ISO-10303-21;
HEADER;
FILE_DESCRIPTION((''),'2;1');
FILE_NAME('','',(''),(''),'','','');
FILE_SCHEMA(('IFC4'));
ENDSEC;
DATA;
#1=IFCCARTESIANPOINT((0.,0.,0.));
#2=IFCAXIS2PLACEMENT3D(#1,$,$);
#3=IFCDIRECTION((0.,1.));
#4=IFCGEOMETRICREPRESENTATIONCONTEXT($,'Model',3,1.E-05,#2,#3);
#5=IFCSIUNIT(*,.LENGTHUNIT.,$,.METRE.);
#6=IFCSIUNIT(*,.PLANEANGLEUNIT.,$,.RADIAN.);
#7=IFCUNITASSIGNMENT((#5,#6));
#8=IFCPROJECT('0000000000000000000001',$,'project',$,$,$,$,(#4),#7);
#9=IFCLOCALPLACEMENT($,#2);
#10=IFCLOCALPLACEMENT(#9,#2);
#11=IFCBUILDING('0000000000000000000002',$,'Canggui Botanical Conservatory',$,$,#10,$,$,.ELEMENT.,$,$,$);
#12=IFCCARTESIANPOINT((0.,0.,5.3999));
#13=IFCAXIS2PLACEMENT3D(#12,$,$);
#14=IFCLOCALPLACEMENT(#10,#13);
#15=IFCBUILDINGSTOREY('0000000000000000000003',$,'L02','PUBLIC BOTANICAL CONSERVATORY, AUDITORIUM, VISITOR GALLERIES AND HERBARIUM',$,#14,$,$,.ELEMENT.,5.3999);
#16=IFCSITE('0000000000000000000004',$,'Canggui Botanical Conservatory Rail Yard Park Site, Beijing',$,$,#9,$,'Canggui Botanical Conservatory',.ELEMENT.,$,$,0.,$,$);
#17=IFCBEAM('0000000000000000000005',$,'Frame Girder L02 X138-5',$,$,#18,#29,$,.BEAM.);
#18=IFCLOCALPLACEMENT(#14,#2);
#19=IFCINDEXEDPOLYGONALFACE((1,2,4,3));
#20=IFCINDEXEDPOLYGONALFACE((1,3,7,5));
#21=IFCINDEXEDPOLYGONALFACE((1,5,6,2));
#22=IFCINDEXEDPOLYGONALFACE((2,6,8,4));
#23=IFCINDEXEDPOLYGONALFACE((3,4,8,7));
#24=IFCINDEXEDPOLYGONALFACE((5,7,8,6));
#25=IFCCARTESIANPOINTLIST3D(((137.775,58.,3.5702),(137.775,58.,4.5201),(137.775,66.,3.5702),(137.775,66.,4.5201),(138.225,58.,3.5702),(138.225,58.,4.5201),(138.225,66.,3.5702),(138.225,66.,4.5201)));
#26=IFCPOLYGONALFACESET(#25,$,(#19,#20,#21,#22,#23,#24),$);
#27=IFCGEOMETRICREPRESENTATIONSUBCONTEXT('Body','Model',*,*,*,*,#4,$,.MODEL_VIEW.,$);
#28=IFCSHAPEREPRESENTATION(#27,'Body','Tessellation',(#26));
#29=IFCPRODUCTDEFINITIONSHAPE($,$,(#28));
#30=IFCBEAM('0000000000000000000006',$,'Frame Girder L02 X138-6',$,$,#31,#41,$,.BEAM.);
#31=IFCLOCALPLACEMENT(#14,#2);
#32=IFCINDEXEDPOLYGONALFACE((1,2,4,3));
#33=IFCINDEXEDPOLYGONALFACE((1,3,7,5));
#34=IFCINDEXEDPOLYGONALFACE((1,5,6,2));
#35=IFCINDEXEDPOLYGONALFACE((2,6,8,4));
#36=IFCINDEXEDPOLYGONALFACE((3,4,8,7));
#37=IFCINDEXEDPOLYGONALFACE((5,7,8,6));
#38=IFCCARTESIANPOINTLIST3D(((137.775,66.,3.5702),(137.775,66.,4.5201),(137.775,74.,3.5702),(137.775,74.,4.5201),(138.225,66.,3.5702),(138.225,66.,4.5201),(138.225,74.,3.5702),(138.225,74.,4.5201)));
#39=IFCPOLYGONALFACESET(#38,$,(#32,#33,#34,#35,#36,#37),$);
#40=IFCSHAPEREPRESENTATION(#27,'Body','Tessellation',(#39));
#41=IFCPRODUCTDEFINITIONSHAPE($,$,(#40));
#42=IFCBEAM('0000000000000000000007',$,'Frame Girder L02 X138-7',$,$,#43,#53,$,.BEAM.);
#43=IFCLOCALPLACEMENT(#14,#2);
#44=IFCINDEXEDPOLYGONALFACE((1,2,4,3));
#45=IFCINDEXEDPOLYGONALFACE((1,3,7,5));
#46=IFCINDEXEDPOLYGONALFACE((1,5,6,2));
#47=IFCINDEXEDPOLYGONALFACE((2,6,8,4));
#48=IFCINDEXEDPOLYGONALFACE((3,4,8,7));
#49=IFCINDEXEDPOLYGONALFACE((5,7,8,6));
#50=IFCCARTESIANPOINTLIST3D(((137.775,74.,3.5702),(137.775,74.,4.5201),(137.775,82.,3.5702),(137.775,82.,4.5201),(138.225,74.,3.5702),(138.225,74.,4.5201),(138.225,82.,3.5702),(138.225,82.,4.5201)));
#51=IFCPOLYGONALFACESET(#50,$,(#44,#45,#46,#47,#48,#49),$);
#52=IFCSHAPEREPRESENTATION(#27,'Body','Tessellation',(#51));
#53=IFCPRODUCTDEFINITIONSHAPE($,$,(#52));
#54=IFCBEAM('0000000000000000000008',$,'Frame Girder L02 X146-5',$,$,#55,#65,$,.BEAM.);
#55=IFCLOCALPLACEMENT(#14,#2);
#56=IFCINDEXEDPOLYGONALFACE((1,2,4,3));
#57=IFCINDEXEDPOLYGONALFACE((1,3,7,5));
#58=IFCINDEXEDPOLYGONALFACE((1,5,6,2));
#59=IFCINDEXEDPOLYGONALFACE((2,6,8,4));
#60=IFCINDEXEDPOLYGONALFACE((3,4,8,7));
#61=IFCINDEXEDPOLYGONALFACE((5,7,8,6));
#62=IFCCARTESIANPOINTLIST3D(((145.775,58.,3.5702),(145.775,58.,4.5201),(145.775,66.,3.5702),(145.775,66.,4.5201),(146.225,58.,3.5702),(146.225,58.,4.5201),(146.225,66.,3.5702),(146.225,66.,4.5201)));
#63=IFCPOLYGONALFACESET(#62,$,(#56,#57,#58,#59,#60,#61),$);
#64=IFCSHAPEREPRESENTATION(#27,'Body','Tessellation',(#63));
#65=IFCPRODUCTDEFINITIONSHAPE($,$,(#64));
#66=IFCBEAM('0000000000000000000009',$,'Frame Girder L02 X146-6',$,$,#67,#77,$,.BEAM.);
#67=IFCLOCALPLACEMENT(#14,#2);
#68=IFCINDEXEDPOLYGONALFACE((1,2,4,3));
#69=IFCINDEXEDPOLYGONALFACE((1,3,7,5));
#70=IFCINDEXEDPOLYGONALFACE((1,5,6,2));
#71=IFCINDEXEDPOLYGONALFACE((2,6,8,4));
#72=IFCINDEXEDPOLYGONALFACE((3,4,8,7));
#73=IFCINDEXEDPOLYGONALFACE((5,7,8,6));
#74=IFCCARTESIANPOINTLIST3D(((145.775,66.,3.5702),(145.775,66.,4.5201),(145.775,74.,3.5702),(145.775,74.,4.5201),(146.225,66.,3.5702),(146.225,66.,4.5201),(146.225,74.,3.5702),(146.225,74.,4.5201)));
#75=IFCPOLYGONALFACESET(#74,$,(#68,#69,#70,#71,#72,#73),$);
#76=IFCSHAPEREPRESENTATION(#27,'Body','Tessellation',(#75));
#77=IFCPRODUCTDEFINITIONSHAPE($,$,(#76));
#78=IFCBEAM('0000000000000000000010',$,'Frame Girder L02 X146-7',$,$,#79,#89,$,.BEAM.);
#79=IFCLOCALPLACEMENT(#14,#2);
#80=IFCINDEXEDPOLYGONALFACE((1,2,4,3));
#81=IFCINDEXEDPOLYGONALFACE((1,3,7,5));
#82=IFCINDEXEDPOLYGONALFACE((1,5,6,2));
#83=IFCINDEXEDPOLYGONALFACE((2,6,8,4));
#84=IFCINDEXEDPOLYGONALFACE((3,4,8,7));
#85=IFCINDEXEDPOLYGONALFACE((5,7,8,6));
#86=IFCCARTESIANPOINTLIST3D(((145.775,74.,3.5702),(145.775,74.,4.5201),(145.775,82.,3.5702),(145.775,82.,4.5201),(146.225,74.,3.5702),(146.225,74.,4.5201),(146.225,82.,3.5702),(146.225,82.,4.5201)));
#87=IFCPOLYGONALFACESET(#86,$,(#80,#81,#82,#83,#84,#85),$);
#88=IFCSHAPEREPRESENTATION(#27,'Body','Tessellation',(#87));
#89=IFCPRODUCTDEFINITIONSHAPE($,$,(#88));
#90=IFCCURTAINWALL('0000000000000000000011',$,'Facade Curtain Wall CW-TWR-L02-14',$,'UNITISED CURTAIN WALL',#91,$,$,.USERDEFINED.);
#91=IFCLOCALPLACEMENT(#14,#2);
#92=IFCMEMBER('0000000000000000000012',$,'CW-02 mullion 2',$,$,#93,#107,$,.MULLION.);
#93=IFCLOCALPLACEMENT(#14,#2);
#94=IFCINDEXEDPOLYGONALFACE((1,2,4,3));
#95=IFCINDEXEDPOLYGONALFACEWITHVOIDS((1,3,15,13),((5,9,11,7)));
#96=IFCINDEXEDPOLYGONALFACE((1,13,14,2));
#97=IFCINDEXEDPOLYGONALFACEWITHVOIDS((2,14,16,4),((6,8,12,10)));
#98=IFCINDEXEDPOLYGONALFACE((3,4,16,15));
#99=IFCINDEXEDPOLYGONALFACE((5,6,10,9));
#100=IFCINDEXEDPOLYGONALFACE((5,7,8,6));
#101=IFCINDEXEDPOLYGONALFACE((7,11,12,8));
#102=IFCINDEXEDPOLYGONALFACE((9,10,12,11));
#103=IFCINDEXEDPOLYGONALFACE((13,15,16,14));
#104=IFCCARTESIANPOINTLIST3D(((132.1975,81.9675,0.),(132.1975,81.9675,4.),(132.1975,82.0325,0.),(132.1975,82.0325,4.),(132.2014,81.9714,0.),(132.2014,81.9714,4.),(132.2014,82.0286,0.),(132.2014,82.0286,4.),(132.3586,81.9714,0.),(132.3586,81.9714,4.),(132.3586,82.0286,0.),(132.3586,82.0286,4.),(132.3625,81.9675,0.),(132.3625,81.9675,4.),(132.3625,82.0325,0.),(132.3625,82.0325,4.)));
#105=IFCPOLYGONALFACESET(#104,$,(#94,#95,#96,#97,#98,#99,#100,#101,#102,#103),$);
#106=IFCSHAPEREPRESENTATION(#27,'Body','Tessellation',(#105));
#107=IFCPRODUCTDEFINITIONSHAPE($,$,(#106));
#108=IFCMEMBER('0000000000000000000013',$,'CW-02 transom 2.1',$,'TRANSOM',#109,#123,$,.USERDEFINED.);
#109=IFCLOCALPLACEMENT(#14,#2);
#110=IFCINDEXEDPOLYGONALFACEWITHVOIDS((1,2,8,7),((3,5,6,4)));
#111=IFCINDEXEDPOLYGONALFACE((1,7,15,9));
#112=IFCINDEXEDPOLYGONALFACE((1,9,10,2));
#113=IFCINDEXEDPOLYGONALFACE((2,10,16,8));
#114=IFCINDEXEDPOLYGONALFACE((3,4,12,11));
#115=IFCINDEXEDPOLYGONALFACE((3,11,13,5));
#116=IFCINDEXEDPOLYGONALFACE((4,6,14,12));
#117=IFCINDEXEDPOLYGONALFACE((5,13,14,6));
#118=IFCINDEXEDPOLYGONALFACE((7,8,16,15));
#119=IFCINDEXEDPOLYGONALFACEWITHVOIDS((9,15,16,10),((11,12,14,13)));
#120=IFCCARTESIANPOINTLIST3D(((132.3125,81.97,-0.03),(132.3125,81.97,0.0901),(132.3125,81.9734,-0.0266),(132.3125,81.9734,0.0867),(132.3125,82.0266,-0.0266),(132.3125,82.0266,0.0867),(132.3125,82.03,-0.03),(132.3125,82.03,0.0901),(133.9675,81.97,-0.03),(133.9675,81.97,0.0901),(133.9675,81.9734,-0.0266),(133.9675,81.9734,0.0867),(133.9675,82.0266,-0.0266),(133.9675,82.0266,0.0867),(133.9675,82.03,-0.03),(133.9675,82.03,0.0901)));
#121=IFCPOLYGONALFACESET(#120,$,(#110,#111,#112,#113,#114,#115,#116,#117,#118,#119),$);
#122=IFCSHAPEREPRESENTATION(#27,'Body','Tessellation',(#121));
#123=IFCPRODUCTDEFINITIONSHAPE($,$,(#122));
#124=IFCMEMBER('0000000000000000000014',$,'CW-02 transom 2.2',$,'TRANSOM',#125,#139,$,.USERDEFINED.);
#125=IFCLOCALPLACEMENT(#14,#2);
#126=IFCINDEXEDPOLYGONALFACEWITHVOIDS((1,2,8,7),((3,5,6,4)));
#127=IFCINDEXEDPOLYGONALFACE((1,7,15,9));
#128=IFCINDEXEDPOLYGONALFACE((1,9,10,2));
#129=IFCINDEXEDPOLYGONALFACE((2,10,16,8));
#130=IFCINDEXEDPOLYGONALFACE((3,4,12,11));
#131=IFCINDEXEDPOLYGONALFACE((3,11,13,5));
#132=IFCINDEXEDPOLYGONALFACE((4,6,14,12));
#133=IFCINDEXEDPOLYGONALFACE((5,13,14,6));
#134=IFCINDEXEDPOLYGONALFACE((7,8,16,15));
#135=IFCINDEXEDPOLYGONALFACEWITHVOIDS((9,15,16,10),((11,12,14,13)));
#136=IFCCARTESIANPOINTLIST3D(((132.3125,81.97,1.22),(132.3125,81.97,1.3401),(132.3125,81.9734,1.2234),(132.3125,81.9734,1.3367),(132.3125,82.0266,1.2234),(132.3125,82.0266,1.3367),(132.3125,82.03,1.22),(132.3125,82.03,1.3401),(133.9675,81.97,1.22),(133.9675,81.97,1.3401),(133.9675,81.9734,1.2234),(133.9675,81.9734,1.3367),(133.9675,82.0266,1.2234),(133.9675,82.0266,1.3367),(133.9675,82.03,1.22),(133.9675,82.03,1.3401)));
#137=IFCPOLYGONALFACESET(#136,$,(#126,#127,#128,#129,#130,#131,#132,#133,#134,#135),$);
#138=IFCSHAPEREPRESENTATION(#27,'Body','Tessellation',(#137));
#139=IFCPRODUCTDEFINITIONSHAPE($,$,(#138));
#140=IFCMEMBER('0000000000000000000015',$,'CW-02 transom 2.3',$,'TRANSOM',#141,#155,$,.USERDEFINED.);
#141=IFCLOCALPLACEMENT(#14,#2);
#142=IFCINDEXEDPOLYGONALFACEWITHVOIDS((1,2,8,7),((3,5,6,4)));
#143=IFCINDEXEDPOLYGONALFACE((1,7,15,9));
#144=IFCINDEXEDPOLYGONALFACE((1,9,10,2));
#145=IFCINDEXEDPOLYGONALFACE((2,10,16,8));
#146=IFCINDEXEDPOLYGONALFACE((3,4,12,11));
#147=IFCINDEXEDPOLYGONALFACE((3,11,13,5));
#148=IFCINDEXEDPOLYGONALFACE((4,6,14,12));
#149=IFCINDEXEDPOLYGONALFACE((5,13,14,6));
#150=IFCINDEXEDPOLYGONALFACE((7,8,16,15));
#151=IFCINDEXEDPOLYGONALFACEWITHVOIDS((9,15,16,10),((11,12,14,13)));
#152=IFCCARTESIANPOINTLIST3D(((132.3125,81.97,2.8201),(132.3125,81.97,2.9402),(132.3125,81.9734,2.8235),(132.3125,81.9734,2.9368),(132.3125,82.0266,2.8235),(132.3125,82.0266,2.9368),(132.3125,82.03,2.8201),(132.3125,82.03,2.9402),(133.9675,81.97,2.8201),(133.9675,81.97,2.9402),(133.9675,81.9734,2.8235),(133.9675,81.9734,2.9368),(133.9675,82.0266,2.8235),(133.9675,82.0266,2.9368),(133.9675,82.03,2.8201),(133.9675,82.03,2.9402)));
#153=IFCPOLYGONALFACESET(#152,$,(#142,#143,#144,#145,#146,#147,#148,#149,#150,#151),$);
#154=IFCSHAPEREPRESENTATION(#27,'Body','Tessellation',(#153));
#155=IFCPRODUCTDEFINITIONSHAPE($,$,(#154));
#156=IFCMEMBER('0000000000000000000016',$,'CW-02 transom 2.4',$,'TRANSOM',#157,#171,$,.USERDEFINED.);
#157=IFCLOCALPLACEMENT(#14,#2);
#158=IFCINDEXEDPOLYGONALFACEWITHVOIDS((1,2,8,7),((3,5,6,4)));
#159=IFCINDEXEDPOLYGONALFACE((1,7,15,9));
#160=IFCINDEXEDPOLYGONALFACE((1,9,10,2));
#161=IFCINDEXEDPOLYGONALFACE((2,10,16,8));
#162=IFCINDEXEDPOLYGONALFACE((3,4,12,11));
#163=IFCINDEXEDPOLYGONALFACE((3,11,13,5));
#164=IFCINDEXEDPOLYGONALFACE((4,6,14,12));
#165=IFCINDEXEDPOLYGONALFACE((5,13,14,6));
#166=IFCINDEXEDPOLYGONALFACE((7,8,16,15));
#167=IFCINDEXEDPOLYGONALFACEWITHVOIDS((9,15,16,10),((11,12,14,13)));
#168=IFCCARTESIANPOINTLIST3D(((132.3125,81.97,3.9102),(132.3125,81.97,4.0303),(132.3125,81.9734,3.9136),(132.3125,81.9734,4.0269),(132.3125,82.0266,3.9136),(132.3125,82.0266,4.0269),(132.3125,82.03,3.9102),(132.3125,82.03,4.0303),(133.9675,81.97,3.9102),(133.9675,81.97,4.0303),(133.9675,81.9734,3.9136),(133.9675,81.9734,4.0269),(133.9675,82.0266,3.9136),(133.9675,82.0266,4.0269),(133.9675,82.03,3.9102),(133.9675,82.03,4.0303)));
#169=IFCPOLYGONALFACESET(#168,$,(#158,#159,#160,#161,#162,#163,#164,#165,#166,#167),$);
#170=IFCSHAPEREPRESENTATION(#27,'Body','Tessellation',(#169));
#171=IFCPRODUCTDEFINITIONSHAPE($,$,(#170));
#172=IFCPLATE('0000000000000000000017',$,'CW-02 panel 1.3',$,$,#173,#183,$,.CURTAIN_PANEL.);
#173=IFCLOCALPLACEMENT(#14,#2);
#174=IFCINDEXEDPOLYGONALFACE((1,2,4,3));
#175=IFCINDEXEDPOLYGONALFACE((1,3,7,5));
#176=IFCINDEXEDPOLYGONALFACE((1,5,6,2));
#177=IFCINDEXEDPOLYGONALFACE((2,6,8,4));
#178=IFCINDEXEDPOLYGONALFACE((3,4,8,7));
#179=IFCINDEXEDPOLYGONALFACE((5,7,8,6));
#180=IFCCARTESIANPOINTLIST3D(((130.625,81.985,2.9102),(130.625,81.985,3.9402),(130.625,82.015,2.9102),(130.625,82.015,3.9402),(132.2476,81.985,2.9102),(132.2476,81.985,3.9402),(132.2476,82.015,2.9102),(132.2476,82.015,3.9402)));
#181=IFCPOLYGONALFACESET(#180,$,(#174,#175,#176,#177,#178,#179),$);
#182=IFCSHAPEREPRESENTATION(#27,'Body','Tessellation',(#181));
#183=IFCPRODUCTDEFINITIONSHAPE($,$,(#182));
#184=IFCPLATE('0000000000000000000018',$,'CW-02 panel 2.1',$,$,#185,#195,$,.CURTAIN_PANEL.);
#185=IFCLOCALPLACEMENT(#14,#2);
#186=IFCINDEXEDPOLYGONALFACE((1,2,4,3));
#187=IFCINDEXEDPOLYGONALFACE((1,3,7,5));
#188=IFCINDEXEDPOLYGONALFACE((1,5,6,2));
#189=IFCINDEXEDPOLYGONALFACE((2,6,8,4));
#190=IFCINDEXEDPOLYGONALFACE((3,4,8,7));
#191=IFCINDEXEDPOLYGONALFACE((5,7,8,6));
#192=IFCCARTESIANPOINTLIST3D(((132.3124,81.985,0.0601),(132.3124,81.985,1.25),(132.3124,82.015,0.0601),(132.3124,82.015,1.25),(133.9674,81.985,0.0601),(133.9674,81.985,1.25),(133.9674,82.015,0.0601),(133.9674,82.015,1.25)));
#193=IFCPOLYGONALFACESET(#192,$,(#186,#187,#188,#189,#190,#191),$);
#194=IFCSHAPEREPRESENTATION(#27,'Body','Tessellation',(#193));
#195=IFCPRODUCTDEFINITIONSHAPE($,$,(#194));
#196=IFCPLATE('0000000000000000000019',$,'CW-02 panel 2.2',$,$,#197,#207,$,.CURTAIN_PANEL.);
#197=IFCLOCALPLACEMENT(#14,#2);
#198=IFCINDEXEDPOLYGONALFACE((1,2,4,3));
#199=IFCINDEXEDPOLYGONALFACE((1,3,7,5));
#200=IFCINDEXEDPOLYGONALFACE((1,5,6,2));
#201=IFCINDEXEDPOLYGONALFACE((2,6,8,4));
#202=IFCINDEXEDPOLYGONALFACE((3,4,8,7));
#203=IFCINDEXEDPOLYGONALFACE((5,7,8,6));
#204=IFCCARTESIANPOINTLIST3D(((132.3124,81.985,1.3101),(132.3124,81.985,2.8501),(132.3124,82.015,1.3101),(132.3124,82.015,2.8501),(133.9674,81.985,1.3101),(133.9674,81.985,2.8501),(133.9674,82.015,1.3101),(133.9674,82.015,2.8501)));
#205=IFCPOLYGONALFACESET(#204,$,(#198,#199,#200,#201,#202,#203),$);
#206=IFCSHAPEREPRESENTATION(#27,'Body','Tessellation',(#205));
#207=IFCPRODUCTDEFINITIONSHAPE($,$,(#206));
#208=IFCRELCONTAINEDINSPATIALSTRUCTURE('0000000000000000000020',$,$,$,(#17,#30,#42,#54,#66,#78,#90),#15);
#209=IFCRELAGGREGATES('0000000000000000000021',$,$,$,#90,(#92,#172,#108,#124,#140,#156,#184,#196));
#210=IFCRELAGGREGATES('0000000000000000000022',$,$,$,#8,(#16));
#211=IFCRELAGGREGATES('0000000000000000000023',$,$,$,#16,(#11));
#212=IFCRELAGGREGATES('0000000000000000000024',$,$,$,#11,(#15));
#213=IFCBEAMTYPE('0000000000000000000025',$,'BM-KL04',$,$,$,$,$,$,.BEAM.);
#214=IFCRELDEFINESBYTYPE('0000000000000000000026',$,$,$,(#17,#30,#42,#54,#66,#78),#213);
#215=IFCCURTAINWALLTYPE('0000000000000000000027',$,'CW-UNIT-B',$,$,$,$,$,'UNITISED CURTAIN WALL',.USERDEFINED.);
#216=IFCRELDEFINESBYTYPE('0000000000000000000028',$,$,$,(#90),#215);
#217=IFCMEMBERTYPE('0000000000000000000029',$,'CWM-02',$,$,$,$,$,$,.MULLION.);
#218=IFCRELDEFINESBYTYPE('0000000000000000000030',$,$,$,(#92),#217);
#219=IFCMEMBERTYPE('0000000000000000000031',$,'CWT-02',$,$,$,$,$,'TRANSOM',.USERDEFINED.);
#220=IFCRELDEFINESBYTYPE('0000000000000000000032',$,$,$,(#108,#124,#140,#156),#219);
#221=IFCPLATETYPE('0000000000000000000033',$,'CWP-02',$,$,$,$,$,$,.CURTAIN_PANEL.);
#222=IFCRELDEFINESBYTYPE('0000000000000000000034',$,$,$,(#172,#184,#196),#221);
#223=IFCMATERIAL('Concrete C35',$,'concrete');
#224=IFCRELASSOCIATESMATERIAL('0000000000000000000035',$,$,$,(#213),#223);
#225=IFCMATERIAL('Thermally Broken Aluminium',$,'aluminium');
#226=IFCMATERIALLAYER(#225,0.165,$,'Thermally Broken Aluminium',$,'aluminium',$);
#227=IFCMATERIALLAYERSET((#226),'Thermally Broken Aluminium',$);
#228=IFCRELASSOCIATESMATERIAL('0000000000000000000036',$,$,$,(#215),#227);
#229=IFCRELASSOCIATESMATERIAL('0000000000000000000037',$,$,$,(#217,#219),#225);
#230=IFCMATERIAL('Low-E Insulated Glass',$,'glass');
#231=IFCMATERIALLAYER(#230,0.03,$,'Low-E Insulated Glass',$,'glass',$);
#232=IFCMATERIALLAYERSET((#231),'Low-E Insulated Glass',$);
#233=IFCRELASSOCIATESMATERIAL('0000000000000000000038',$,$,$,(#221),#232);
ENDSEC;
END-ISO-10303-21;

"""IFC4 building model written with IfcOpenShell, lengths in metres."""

from ifc_helpers import new_model, si_unit, direction, frame, origin, origin_2d, place, context, subcontext, project, spatial, rectangle, hollow_rectangle, extrude, material, layer, layer_set, material_profile, profile_set, type_object, element, aggregate, save


model = new_model("IFC4")

# Units and contexts
model_context = context("Model", 3, precision=1e-05, world=origin(), true_north=direction((0.0, 1.0)))
body_context = subcontext(model_context, "Body", "Model", "MODEL_VIEW")
ifc_project = project(units=[si_unit("LENGTHUNIT", "METRE"), si_unit("PLANEANGLEUNIT", "RADIAN")], contexts=[model_context])

# Site, building, storey
site_placement = place(None, origin())
site = spatial("IfcSite", under=ifc_project, at=site_placement, Name="Canggui Botanical Conservatory Rail Yard Park Site, Beijing", LongName="Canggui Botanical Conservatory", CompositionType="ELEMENT", RefElevation=0.0)
building_placement = place(site_placement, origin())
building = spatial("IfcBuilding", under=site, at=building_placement, Name="Canggui Botanical Conservatory", CompositionType="ELEMENT")
storey_placement = place(building_placement, frame((0.0, 0.0, 5.3999)))
storey = spatial("IfcBuildingStorey", under=building, at=storey_placement, Name="L02", Description="PUBLIC BOTANICAL CONSERVATORY, AUDITORIUM, VISITOR GALLERIES AND HERBARIUM", CompositionType="ELEMENT", Elevation=5.3999)

# Beams
ifc_material_1 = material(Name="Concrete C35", Category="concrete")
ifc_material_profile_1 = material_profile(ifc_material_1, rectangle(XDim=0.45, YDim=0.95, at=origin_2d()), Name="RB 450x950")
ifc_profile_set_1 = profile_set([ifc_material_profile_1], Name="Concrete C35")
beam_type_1 = type_object("IfcBeamType", Name="BM-KL04", PredefinedType="BEAM", material=ifc_profile_set_1)
for number, where, z_axis, x_axis, name in (
    (1, (138.0, 58.0, 4.0452), (0.0, 1.0, 0.0), (-1.0, 0.0, 0.0), "Frame Girder L02 X138-5"),
    (2, (138.0, 66.0, 4.0452), (0.0, 1.0, 0.0), (-1.0, 0.0, 0.0), "Frame Girder L02 X138-6"),
    (3, (138.0, 74.0, 4.0452), (0.0, 1.0, 0.0), (-1.0, 0.0, 0.0), "Frame Girder L02 X138-7"),
    (4, (146.0, 58.0, 4.0452), (0.0, 1.0, 0.0), (-1.0, 0.0, 0.0), "Frame Girder L02 X146-5"),
    (5, (146.0, 66.0, 4.0452), (0.0, 1.0, 0.0), (-1.0, 0.0, 0.0), "Frame Girder L02 X146-6"),
    (6, (146.0, 74.0, 4.0452), (0.0, 1.0, 0.0), (-1.0, 0.0, 0.0), "Frame Girder L02 X146-7"),
):
    element("IfcBeam", number, at=place(storey_placement, frame(where, z_axis=z_axis, x_axis=x_axis)), inside=storey, type_object=beam_type_1, Name=name, PredefinedType="BEAM", context=body_context, shape_type="SweptSolid", body=[
        extrude(rectangle(XDim=0.45, YDim=0.95, at=origin_2d()), origin(), (0.0, 0.0, 1.0), 8.0),
    ])

# Curtain wall, members, plates
ifc_material_2 = material(Name="Thermally Broken Aluminium", Category="aluminium")
ifc_layer_1 = layer(ifc_material_2, 0.165, Name="Thermally Broken Aluminium", Category="aluminium")
ifc_layer_set_1 = layer_set([ifc_layer_1], Name="Thermally Broken Aluminium")
curtain_wall_type = type_object("IfcCurtainWallType", Name="CW-UNIT-B", ElementType="UNITISED CURTAIN WALL", PredefinedType="USERDEFINED", material=ifc_layer_set_1)
curtain_wall_placement = place(storey_placement, origin())
curtain_wall = element("IfcCurtainWall", 7, at=curtain_wall_placement, inside=storey, type_object=curtain_wall_type, Name="Facade Curtain Wall CW-TWR-L02-14", ObjectType="UNITISED CURTAIN WALL", PredefinedType="USERDEFINED")
ifc_material_profile_2 = material_profile(ifc_material_2, hollow_rectangle(XDim=0.0649, YDim=0.165, WallThickness=0.0039, at=origin_2d()), Name="CWM 65x165x4")
ifc_profile_set_2 = profile_set([ifc_material_profile_2], Name="Thermally Broken Aluminium")
member_type_1 = type_object("IfcMemberType", Name="CWM-02", PredefinedType="MULLION", material=ifc_profile_set_2)
member_1_placement = place(storey_placement, frame((132.28, 82.0, 0.0), z_axis=(0.0, 0.0, 1.0), x_axis=(0.0, 1.0, 0.0)))
member_1 = element("IfcMember", 8, at=member_1_placement, type_object=member_type_1, Name="CW-02 mullion 2", PredefinedType="MULLION", context=body_context, shape_type="SweptSolid", body=[
    extrude(hollow_rectangle(XDim=0.0649, YDim=0.165, WallThickness=0.0039, at=origin_2d()), origin(), (0.0, 0.0, 1.0), 4.0),
])
ifc_material_profile_3 = material_profile(ifc_material_2, hollow_rectangle(XDim=0.0601, YDim=0.1201, WallThickness=0.0034, at=origin_2d()), Name="CWT 60x120x3.5")
ifc_profile_set_3 = profile_set([ifc_material_profile_3], Name="Thermally Broken Aluminium")
member_type_2 = type_object("IfcMemberType", Name="CWT-02", ElementType="TRANSOM", PredefinedType="USERDEFINED", material=ifc_profile_set_3)
member_2_placement = place(storey_placement, frame((132.3125, 82.0, 0.03), z_axis=(1.0, 0.0, 0.0), x_axis=(0.0, 1.0, 0.0)))
member_2 = element("IfcMember", 9, at=member_2_placement, type_object=member_type_2, Name="CW-02 transom 2.1", ObjectType="TRANSOM", PredefinedType="USERDEFINED", context=body_context, shape_type="SweptSolid", body=[
    extrude(hollow_rectangle(XDim=0.0601, YDim=0.1201, WallThickness=0.0034, at=origin_2d()), origin(), (0.0, 0.0, 1.0), 1.655),
])
member_3_placement = place(storey_placement, frame((132.3125, 82.0, 1.28), z_axis=(1.0, 0.0, 0.0), x_axis=(0.0, 1.0, 0.0)))
member_3 = element("IfcMember", 10, at=member_3_placement, type_object=member_type_2, Name="CW-02 transom 2.2", ObjectType="TRANSOM", PredefinedType="USERDEFINED", context=body_context, shape_type="SweptSolid", body=[
    extrude(hollow_rectangle(XDim=0.0601, YDim=0.1201, WallThickness=0.0034, at=origin_2d()), origin(), (0.0, 0.0, 1.0), 1.655),
])
member_4_placement = place(storey_placement, frame((132.3125, 82.0, 2.8801), z_axis=(1.0, 0.0, 0.0), x_axis=(0.0, 1.0, 0.0)))
member_4 = element("IfcMember", 11, at=member_4_placement, type_object=member_type_2, Name="CW-02 transom 2.3", ObjectType="TRANSOM", PredefinedType="USERDEFINED", context=body_context, shape_type="SweptSolid", body=[
    extrude(hollow_rectangle(XDim=0.0601, YDim=0.1201, WallThickness=0.0034, at=origin_2d()), origin(), (0.0, 0.0, 1.0), 1.655),
])
member_5_placement = place(storey_placement, frame((132.3125, 82.0, 3.9702), z_axis=(1.0, 0.0, 0.0), x_axis=(0.0, 1.0, 0.0)))
member_5 = element("IfcMember", 12, at=member_5_placement, type_object=member_type_2, Name="CW-02 transom 2.4", ObjectType="TRANSOM", PredefinedType="USERDEFINED", context=body_context, shape_type="SweptSolid", body=[
    extrude(hollow_rectangle(XDim=0.0601, YDim=0.1201, WallThickness=0.0034, at=origin_2d()), origin(), (0.0, 0.0, 1.0), 1.655),
])
ifc_material_3 = material(Name="Low-E Insulated Glass", Category="glass")
ifc_layer_2 = layer(ifc_material_3, 0.03, Name="Low-E Insulated Glass", Category="glass")
ifc_layer_set_2 = layer_set([ifc_layer_2], Name="Low-E Insulated Glass")
plate_type = type_object("IfcPlateType", Name="CWP-02", PredefinedType="CURTAIN_PANEL", material=ifc_layer_set_2)
plate_1_placement = place(storey_placement, frame((131.4363, 82.0, 2.9102), z_axis=(0.0, 0.0, 1.0), x_axis=(1.0, 0.0, 0.0)))
plate_1 = element("IfcPlate", 13, at=plate_1_placement, type_object=plate_type, Name="CW-02 panel 1.3", PredefinedType="CURTAIN_PANEL", context=body_context, shape_type="SweptSolid", body=[
    extrude(rectangle(XDim=1.6226, YDim=0.03, at=origin_2d()), origin(), (0.0, 0.0, 1.0), 1.03),
])
plate_2_placement = place(storey_placement, frame((133.1399, 82.0, 0.0601), z_axis=(0.0, 0.0, 1.0), x_axis=(1.0, 0.0, 0.0)))
plate_2 = element("IfcPlate", 14, at=plate_2_placement, type_object=plate_type, Name="CW-02 panel 2.1", PredefinedType="CURTAIN_PANEL", context=body_context, shape_type="SweptSolid", body=[
    extrude(rectangle(XDim=1.655, YDim=0.03, at=origin_2d()), origin(), (0.0, 0.0, 1.0), 1.1899),
])
plate_3_placement = place(storey_placement, frame((133.1399, 82.0, 1.3101), z_axis=(0.0, 0.0, 1.0), x_axis=(1.0, 0.0, 0.0)))
plate_3 = element("IfcPlate", 15, at=plate_3_placement, type_object=plate_type, Name="CW-02 panel 2.2", PredefinedType="CURTAIN_PANEL", context=body_context, shape_type="SweptSolid", body=[
    extrude(rectangle(XDim=1.655, YDim=0.03, at=origin_2d()), origin(), (0.0, 0.0, 1.0), 1.54),
])
aggregate(curtain_wall, [member_1, plate_1, member_2, member_3, member_4, member_5, plate_2, plate_3])

save(model, "model.ifc")
